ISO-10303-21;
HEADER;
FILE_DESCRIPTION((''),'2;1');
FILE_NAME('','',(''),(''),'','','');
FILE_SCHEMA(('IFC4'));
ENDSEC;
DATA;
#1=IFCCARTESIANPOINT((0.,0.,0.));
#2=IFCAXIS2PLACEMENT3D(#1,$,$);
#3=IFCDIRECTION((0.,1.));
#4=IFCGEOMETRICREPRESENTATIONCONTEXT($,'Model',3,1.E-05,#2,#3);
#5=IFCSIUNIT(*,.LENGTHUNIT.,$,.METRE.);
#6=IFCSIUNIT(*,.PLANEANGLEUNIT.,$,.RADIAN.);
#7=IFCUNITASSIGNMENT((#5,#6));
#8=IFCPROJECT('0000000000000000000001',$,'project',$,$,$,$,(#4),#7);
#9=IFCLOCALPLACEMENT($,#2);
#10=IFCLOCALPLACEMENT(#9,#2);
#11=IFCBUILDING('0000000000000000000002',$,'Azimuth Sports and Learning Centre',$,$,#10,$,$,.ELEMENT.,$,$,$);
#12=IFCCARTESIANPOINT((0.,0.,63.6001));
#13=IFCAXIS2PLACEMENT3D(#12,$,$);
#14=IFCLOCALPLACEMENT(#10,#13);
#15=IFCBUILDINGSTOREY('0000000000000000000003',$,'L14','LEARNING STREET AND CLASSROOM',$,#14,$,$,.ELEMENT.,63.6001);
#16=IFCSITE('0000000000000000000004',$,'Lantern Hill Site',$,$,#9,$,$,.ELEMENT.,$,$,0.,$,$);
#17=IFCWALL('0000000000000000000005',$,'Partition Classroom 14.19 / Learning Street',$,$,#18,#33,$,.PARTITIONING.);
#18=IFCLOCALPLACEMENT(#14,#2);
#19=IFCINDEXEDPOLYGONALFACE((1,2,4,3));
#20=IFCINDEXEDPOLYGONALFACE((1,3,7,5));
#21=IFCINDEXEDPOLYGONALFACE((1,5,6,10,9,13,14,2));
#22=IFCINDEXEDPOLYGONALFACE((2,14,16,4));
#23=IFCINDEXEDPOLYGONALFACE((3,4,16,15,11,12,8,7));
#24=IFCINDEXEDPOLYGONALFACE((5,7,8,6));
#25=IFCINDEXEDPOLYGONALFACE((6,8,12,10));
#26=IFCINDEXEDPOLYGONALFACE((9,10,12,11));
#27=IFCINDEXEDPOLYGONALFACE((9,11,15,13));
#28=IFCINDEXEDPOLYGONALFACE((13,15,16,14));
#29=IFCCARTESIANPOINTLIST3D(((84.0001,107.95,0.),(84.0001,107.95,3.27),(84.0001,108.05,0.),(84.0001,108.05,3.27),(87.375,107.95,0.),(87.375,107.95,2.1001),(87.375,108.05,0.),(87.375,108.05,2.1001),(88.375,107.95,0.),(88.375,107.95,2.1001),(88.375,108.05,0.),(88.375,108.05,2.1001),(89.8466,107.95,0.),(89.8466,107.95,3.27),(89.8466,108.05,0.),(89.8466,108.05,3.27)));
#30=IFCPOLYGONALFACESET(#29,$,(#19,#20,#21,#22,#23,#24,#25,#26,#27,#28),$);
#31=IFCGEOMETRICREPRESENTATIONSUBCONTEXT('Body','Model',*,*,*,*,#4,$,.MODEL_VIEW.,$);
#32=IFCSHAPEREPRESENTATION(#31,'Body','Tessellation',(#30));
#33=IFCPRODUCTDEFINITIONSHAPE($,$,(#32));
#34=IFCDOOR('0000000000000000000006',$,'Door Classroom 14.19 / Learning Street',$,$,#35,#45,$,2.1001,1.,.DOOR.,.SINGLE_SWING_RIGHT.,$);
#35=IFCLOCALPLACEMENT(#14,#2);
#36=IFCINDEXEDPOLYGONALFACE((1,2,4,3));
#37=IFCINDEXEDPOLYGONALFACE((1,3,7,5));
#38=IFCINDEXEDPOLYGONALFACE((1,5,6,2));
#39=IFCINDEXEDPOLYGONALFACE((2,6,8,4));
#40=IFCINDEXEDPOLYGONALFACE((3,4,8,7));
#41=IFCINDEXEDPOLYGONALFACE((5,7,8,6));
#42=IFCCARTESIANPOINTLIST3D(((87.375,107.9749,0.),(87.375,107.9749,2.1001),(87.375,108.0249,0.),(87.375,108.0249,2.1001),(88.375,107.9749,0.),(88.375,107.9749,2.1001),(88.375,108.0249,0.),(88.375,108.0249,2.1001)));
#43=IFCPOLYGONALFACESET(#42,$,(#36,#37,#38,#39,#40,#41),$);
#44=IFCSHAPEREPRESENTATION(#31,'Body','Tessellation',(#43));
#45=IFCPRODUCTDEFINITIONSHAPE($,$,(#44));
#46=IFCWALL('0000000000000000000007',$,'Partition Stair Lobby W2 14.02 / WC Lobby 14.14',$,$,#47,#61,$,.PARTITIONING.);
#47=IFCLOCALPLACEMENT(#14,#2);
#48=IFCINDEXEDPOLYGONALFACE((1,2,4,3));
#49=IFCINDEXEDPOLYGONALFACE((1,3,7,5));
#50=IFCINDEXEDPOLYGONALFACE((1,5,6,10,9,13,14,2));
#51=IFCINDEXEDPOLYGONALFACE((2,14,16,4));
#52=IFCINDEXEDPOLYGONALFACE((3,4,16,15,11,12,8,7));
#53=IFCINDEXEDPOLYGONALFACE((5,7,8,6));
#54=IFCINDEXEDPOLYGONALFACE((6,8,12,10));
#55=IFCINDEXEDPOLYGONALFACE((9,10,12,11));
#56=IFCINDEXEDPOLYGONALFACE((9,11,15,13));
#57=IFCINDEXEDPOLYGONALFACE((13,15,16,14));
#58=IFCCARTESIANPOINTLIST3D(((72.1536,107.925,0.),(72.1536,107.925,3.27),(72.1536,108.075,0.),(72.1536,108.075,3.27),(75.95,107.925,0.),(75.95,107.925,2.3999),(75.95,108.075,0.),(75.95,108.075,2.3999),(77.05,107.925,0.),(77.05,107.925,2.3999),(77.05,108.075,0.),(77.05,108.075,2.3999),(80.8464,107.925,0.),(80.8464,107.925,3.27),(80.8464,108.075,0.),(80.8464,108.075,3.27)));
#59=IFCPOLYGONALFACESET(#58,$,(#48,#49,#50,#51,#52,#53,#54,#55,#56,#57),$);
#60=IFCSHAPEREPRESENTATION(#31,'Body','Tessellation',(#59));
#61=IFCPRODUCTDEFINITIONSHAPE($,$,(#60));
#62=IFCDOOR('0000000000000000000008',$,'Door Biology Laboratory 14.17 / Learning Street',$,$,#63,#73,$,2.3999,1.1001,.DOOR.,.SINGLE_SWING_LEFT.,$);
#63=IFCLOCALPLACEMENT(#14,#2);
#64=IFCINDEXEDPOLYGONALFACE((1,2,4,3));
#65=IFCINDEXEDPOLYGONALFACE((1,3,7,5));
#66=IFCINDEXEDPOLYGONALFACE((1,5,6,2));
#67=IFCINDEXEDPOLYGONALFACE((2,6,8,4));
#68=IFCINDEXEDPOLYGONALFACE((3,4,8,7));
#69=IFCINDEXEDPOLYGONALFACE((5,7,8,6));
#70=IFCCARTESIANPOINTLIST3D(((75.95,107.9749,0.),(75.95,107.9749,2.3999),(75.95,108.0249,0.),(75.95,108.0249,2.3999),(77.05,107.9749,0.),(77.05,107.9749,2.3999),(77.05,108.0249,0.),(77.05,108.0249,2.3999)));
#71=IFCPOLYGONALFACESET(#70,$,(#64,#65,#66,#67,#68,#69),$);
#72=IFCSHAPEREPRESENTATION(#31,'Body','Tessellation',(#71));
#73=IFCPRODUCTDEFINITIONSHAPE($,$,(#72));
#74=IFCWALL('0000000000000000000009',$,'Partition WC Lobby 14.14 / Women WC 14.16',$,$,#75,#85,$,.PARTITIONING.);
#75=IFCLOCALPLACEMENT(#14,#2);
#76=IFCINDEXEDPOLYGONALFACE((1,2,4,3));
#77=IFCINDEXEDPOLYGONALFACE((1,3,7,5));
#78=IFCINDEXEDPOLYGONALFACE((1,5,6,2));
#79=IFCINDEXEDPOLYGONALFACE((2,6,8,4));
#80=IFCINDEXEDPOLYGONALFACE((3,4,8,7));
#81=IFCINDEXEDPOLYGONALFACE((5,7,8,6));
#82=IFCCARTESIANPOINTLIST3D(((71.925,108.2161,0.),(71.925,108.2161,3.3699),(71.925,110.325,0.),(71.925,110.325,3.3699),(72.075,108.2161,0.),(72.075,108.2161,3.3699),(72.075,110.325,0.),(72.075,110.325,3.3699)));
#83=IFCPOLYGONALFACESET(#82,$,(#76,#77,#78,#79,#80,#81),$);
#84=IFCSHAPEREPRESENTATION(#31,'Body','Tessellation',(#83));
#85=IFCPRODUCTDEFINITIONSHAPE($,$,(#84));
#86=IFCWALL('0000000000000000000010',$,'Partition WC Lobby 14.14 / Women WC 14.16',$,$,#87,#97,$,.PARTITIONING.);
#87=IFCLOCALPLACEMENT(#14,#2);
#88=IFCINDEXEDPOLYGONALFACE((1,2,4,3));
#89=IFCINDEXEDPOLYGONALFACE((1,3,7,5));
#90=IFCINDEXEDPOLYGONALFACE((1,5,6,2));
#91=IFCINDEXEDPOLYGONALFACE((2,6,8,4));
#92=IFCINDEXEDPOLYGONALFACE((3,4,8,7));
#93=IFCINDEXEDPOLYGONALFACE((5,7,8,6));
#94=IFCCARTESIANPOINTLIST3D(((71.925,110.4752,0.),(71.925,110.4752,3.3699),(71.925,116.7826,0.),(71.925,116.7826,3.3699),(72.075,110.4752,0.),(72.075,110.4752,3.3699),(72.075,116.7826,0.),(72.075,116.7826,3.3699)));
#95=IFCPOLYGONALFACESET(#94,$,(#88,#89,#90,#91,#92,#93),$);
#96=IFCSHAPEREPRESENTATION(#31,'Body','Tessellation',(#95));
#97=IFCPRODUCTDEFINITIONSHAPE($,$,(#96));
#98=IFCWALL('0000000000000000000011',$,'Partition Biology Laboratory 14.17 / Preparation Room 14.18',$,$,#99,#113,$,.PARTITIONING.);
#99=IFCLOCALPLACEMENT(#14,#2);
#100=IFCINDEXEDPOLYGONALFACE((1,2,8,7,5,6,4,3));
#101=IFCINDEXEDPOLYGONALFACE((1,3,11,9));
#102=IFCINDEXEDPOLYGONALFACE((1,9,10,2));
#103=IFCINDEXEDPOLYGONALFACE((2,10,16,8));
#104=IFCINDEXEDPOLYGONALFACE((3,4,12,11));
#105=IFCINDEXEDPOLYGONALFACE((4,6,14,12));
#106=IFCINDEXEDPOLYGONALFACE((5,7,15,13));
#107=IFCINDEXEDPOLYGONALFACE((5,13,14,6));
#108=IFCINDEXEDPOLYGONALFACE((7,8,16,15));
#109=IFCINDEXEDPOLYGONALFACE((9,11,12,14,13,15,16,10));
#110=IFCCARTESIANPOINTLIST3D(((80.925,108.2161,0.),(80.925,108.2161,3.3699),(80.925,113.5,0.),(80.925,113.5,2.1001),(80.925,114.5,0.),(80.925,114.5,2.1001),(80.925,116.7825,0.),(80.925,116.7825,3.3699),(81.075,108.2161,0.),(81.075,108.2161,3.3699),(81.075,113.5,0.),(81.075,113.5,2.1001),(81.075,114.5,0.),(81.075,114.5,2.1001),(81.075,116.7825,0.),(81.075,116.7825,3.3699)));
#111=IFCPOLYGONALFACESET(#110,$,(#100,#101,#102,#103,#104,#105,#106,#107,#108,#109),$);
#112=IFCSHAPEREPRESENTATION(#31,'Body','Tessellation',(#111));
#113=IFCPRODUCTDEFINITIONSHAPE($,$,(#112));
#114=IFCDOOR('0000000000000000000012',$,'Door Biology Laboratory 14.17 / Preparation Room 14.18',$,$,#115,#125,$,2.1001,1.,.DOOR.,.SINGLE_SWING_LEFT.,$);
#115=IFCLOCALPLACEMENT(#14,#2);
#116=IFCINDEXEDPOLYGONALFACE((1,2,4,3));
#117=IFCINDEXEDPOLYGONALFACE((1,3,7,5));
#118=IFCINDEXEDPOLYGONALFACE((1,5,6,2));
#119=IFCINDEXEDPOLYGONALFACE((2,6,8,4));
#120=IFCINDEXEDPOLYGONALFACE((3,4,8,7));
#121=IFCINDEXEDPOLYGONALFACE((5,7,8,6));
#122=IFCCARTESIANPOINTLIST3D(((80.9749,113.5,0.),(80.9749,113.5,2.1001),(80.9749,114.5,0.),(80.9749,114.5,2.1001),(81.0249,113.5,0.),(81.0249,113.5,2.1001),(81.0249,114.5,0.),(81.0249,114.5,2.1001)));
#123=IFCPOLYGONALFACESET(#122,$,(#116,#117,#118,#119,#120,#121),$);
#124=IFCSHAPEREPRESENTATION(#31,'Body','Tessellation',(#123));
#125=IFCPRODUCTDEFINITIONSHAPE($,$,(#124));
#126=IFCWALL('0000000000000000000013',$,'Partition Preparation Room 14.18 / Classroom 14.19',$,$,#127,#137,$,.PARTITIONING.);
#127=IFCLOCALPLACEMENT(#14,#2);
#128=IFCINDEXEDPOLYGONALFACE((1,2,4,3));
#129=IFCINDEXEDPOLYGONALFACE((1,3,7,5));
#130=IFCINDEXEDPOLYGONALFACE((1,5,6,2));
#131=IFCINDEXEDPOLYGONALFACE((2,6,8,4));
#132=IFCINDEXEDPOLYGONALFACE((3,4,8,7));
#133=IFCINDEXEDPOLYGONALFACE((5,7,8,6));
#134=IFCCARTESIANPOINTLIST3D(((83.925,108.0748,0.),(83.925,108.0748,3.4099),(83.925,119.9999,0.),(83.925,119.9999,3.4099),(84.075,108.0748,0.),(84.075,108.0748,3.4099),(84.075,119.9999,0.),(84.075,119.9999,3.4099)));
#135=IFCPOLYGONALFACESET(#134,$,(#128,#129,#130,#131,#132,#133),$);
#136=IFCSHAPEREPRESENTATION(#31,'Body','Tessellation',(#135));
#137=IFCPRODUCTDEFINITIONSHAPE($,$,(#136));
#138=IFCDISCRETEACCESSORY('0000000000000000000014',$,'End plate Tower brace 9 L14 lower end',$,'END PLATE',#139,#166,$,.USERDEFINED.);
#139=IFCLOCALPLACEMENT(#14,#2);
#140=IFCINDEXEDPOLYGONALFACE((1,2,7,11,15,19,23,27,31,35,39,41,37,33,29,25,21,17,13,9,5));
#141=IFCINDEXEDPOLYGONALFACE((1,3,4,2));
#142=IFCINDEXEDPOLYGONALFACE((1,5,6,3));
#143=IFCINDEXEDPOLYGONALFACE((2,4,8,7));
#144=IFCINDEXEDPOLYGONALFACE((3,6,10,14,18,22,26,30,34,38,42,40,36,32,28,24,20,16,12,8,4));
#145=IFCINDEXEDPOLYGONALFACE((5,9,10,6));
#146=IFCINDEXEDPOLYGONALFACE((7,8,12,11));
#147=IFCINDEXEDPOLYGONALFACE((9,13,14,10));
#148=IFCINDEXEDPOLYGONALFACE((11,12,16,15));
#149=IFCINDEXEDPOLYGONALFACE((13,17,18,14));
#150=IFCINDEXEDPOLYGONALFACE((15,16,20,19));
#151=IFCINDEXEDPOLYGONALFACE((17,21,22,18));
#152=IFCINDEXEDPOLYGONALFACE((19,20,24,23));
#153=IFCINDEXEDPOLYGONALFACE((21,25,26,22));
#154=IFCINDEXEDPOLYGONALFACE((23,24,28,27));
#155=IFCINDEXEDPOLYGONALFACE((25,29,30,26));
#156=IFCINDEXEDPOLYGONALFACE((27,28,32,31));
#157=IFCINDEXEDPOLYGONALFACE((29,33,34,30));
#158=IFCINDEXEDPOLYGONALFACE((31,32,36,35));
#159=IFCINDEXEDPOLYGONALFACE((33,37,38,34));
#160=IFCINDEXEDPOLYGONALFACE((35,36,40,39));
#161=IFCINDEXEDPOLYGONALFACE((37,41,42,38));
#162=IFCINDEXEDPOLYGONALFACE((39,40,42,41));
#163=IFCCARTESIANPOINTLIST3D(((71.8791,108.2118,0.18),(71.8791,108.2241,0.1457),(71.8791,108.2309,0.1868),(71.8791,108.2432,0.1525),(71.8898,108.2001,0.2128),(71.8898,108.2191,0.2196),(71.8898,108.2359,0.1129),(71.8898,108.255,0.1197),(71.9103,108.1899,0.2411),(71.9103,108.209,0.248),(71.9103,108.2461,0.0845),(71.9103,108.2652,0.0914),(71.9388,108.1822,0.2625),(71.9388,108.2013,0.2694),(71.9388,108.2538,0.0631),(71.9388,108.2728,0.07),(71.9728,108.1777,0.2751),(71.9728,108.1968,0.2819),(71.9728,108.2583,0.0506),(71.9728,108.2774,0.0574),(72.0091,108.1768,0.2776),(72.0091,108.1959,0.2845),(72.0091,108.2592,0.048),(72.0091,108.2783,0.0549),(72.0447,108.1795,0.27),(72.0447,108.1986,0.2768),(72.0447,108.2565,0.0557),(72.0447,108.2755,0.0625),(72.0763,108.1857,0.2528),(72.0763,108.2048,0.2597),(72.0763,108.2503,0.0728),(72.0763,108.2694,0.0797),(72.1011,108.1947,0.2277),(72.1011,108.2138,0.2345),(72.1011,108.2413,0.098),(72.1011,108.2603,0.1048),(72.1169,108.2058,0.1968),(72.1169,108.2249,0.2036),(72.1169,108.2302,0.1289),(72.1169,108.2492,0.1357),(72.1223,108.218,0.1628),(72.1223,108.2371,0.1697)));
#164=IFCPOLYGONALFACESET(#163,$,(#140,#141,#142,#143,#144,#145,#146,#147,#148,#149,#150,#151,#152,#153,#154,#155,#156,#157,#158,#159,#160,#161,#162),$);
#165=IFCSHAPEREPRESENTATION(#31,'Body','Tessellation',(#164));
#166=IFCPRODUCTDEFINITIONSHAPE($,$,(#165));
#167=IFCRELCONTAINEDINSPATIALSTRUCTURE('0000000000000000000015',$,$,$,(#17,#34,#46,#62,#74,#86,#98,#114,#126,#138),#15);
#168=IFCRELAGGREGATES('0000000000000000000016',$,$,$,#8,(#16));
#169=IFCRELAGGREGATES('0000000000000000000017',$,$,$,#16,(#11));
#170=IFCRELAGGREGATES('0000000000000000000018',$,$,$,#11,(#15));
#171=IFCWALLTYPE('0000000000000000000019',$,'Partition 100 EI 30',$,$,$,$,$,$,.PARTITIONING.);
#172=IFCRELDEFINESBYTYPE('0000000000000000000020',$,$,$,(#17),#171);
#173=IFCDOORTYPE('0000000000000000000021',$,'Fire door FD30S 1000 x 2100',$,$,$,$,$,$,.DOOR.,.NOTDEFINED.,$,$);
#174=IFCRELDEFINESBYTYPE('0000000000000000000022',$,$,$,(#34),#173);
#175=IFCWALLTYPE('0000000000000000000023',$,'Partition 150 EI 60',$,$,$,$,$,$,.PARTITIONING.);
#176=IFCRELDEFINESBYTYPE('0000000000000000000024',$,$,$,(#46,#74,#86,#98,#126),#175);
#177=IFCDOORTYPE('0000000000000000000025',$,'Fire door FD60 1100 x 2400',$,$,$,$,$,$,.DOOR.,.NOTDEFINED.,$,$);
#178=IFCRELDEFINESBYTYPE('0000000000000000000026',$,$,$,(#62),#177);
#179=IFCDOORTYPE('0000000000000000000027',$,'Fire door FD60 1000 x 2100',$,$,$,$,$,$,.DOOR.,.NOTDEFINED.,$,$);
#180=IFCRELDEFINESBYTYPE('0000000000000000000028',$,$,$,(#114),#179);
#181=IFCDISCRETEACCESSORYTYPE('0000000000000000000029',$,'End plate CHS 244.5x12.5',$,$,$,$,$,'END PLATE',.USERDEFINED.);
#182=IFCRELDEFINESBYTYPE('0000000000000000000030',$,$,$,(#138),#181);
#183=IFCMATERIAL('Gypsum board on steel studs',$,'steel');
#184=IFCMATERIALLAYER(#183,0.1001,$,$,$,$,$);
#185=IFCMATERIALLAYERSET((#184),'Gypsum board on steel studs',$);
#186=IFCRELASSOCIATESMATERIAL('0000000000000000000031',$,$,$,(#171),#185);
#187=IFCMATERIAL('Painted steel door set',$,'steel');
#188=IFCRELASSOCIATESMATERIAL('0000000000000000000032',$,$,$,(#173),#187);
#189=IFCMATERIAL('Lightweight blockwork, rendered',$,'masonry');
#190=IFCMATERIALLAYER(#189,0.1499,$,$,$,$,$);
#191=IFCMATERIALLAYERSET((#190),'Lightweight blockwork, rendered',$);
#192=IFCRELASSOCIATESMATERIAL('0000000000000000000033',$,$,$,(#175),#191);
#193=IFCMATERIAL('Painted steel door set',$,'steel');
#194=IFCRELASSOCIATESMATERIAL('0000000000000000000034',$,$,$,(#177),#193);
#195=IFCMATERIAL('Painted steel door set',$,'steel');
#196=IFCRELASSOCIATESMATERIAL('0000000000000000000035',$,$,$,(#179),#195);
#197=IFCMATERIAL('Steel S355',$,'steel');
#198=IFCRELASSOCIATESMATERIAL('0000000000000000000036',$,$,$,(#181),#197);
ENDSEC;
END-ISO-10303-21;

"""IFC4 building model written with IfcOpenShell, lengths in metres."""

from ifc_helpers import new_model, si_unit, direction, frame, frame_2d, origin, origin_2d, place, context, subcontext, project, spatial, rectangle, circle, extrude, material, layer, layer_set, material_profile, profile_set, type_object, element, fill, save


model = new_model("IFC4")

# Units and contexts
model_context = context("Model", 3, precision=1e-05, world=origin(), true_north=direction((0.0, 1.0)))
body_context = subcontext(model_context, "Body", "Model", "MODEL_VIEW")
ifc_project = project(units=[si_unit("LENGTHUNIT", "METRE"), si_unit("PLANEANGLEUNIT", "RADIAN")], contexts=[model_context])

# Site, building, storey
site_placement = place(None, origin())
site = spatial("IfcSite", under=ifc_project, at=site_placement, Name="Lantern Hill Site", CompositionType="ELEMENT", RefElevation=0.0)
building_placement = place(site_placement, origin())
building = spatial("IfcBuilding", under=site, at=building_placement, Name="Azimuth Sports and Learning Centre", CompositionType="ELEMENT")
storey_placement = place(building_placement, frame((0.0, 0.0, 63.6001)))
storey = spatial("IfcBuildingStorey", under=building, at=storey_placement, Name="L14", Description="LEARNING STREET AND CLASSROOM", CompositionType="ELEMENT", Elevation=63.6001)

# Walls, openings, doors
ifc_material_1 = material(Name="Gypsum board on steel studs", Category="steel")
ifc_layer_1 = layer(ifc_material_1, 0.1001)
ifc_layer_set_1 = layer_set([ifc_layer_1], Name="Gypsum board on steel studs")
wall_type_1 = type_object("IfcWallType", Name="Partition 100 EI 30", PredefinedType="PARTITIONING", material=ifc_layer_set_1)
wall_1_placement = place(storey_placement, frame((84.0, 108.0, 0.0), z_axis=(0.0, 0.0, 1.0), x_axis=(1.0, 0.0, 0.0)))
wall_1 = element("IfcWall", 1, at=wall_1_placement, inside=storey, type_object=wall_type_1, Name="Partition Classroom 14.19 / Learning Street", PredefinedType="PARTITIONING", context=body_context, shape_type="SweptSolid", body=[
    extrude(rectangle(XDim=5.8464, YDim=0.1001, at=frame_2d((2.9233, 0.0))), origin(), (0.0, 0.0, 1.0), 3.27),
])
opening_1_placement = place(wall_1_placement, frame((3.375, 0.0, 0.0)))
opening_1 = element("IfcOpeningElement", 2, at=opening_1_placement, cuts=wall_1, PredefinedType="OPENING", context=body_context, shape_type="SweptSolid", body=[
    extrude(rectangle(XDim=1.0, YDim=2.1001, at=frame_2d((0.5, 1.05))), frame((0.0, 0.061, 0.0), z_axis=(0.0, -1.0, 0.0), x_axis=(1.0, 0.0, 0.0)), (0.0, 0.0, 1.0), 0.1221),
])
ifc_material_2 = material(Name="Painted steel door set", Category="steel")
door_type_1 = type_object("IfcDoorType", Name="Fire door FD30S 1000 x 2100", OperationType="NOTDEFINED", PredefinedType="DOOR", material=ifc_material_2)
door_1_placement = place(opening_1_placement, origin())
door_1 = element("IfcDoor", 3, at=door_1_placement, inside=storey, type_object=door_type_1, Name="Door Classroom 14.19 / Learning Street", OperationType="SINGLE_SWING_RIGHT", OverallHeight=2.1001, OverallWidth=1.0, PredefinedType="DOOR", context=body_context, shape_type="SweptSolid", body=[
    extrude(rectangle(XDim=1.0, YDim=2.1001, at=frame_2d((0.5, 1.05))), frame((0.0, 0.0249, 0.0), z_axis=(0.0, -1.0, 0.0), x_axis=(1.0, 0.0, 0.0)), (0.0, 0.0, 1.0), 0.05),
])
fill(opening_1, door_1)
ifc_material_3 = material(Name="Lightweight blockwork, rendered", Category="masonry")
ifc_layer_2 = layer(ifc_material_3, 0.1499)
ifc_layer_set_2 = layer_set([ifc_layer_2], Name="Lightweight blockwork, rendered")
wall_type_2 = type_object("IfcWallType", Name="Partition 150 EI 60", PredefinedType="PARTITIONING", material=ifc_layer_set_2)
wall_2_placement = place(storey_placement, frame((72.1536, 108.0, 0.0), z_axis=(0.0, 0.0, 1.0), x_axis=(1.0, 0.0, 0.0)))
wall_2 = element("IfcWall", 4, at=wall_2_placement, inside=storey, type_object=wall_type_2, Name="Partition Stair Lobby W2 14.02 / WC Lobby 14.14", PredefinedType="PARTITIONING", context=body_context, shape_type="SweptSolid", body=[
    extrude(rectangle(XDim=8.6929, YDim=0.1499, at=frame_2d((4.3464, 0.0))), origin(), (0.0, 0.0, 1.0), 3.27),
])
opening_2_placement = place(wall_2_placement, frame((3.7964, 0.0, 0.0)))
opening_2 = element("IfcOpeningElement", 5, at=opening_2_placement, cuts=wall_2, PredefinedType="OPENING", context=body_context, shape_type="SweptSolid", body=[
    extrude(rectangle(XDim=1.1001, YDim=2.3999, at=frame_2d((0.55, 1.2))), frame((0.0, 0.0859, 0.0), z_axis=(0.0, -1.0, 0.0), x_axis=(1.0, 0.0, 0.0)), (0.0, 0.0, 1.0), 0.1719),
])
ifc_material_4 = material(Name="Painted steel door set", Category="steel")
door_type_2 = type_object("IfcDoorType", Name="Fire door FD60 1100 x 2400", OperationType="NOTDEFINED", PredefinedType="DOOR", material=ifc_material_4)
door_2_placement = place(opening_2_placement, origin())
door_2 = element("IfcDoor", 6, at=door_2_placement, inside=storey, type_object=door_type_2, Name="Door Biology Laboratory 14.17 / Learning Street", OperationType="SINGLE_SWING_LEFT", OverallHeight=2.3999, OverallWidth=1.1001, PredefinedType="DOOR", context=body_context, shape_type="SweptSolid", body=[
    extrude(rectangle(XDim=1.1001, YDim=2.3999, at=frame_2d((0.55, 1.2))), frame((0.0, 0.0249, 0.0), z_axis=(0.0, -1.0, 0.0), x_axis=(1.0, 0.0, 0.0)), (0.0, 0.0, 1.0), 0.05),
])
fill(opening_2, door_2)

# Walls
wall_3_placement = place(storey_placement, frame((72.0, 108.2161, 0.0), z_axis=(0.0, 0.0, 1.0), x_axis=(0.0, 1.0, 0.0)))
element("IfcWall", 7, at=wall_3_placement, inside=storey, type_object=wall_type_2, Name="Partition WC Lobby 14.14 / Women WC 14.16", PredefinedType="PARTITIONING", context=body_context, shape_type="SweptSolid", body=[
    extrude(rectangle(XDim=2.1089, YDim=0.1499, at=frame_2d((1.0544, 0.0))), origin(), (0.0, 0.0, 1.0), 3.3699),
])
wall_4_placement = place(storey_placement, frame((72.0, 110.4751, 0.0), z_axis=(0.0, 0.0, 1.0), x_axis=(0.0, 1.0, 0.0)))
element("IfcWall", 8, at=wall_4_placement, inside=storey, type_object=wall_type_2, Name="Partition WC Lobby 14.14 / Women WC 14.16", PredefinedType="PARTITIONING", context=body_context, shape_type="SweptSolid", body=[
    extrude(rectangle(XDim=6.3074, YDim=0.1499, at=frame_2d((3.1538, 0.0))), origin(), (0.0, 0.0, 1.0), 3.3699),
])

# Wall, opening, door
wall_5_placement = place(storey_placement, frame((81.0, 108.2161, 0.0), z_axis=(0.0, 0.0, 1.0), x_axis=(0.0, 1.0, 0.0)))
wall_5 = element("IfcWall", 9, at=wall_5_placement, inside=storey, type_object=wall_type_2, Name="Partition Biology Laboratory 14.17 / Preparation Room 14.18", PredefinedType="PARTITIONING", context=body_context, shape_type="SweptSolid", body=[
    extrude(rectangle(XDim=8.5664, YDim=0.1499, at=frame_2d((4.2832, 0.0))), origin(), (0.0, 0.0, 1.0), 3.3699),
])
opening_3_placement = place(wall_5_placement, frame((5.2839, 0.0, 0.0)))
opening_3 = element("IfcOpeningElement", 10, at=opening_3_placement, cuts=wall_5, PredefinedType="OPENING", context=body_context, shape_type="SweptSolid", body=[
    extrude(rectangle(XDim=1.0, YDim=2.1001, at=frame_2d((0.5, 1.05))), frame((0.0, 0.0859, 0.0), z_axis=(0.0, -1.0, 0.0), x_axis=(1.0, 0.0, 0.0)), (0.0, 0.0, 1.0), 0.1719),
])
ifc_material_5 = material(Name="Painted steel door set", Category="steel")
door_type_3 = type_object("IfcDoorType", Name="Fire door FD60 1000 x 2100", OperationType="NOTDEFINED", PredefinedType="DOOR", material=ifc_material_5)
door_3_placement = place(opening_3_placement, frame((1.0, 0.0, 0.0), z_axis=(0.0, 0.0, 1.0), x_axis=(-1.0, 0.0, 0.0)))
door_3 = element("IfcDoor", 11, at=door_3_placement, inside=storey, type_object=door_type_3, Name="Door Biology Laboratory 14.17 / Preparation Room 14.18", OperationType="SINGLE_SWING_LEFT", OverallHeight=2.1001, OverallWidth=1.0, PredefinedType="DOOR", context=body_context, shape_type="SweptSolid", body=[
    extrude(rectangle(XDim=1.0, YDim=2.1001, at=frame_2d((0.5, 1.05))), frame((0.0, 0.0249, 0.0), z_axis=(0.0, -1.0, 0.0), x_axis=(1.0, 0.0, 0.0)), (0.0, 0.0, 1.0), 0.05),
])
fill(opening_3, door_3)

# Wall
wall_6_placement = place(storey_placement, frame((84.0, 108.075, 0.0), z_axis=(0.0, 0.0, 1.0), x_axis=(0.0, 1.0, 0.0)))
element("IfcWall", 12, at=wall_6_placement, inside=storey, type_object=wall_type_2, Name="Partition Preparation Room 14.18 / Classroom 14.19", PredefinedType="PARTITIONING", context=body_context, shape_type="SweptSolid", body=[
    extrude(rectangle(XDim=11.925, YDim=0.1499, at=frame_2d((5.9624, 0.0))), origin(), (0.0, 0.0, 1.0), 3.4099),
])

# Discrete accessory
ifc_material_6 = material(Name="Steel S355", Category="steel")
ifc_material_profile_1 = material_profile(ifc_material_6, circle(Radius=0.1223, at=origin_2d()), Name="PL 244 DISC")
ifc_profile_set_1 = profile_set([ifc_material_profile_1], Name="Steel S355")
discrete_accessory_type = type_object("IfcDiscreteAccessoryType", Name="End plate CHS 244.5x12.5", ElementType="END PLATE", PredefinedType="USERDEFINED", material=ifc_profile_set_1)
discrete_accessory_1_placement = place(storey_placement, frame((72.0, 108.2371, 0.1697), z_axis=(0.0, -0.941195, -0.337865), x_axis=(1.0, 0.0, 0.0)))
element("IfcDiscreteAccessory", 13, at=discrete_accessory_1_placement, inside=storey, type_object=discrete_accessory_type, Name="End plate Tower brace 9 L14 lower end", ObjectType="END PLATE", PredefinedType="USERDEFINED", context=body_context, shape_type="SweptSolid", body=[
    extrude(circle(Radius=0.1223, at=origin_2d()), origin(), (0.0, 0.0, 1.0), 0.0203),
])

save(model, "model.ifc")
